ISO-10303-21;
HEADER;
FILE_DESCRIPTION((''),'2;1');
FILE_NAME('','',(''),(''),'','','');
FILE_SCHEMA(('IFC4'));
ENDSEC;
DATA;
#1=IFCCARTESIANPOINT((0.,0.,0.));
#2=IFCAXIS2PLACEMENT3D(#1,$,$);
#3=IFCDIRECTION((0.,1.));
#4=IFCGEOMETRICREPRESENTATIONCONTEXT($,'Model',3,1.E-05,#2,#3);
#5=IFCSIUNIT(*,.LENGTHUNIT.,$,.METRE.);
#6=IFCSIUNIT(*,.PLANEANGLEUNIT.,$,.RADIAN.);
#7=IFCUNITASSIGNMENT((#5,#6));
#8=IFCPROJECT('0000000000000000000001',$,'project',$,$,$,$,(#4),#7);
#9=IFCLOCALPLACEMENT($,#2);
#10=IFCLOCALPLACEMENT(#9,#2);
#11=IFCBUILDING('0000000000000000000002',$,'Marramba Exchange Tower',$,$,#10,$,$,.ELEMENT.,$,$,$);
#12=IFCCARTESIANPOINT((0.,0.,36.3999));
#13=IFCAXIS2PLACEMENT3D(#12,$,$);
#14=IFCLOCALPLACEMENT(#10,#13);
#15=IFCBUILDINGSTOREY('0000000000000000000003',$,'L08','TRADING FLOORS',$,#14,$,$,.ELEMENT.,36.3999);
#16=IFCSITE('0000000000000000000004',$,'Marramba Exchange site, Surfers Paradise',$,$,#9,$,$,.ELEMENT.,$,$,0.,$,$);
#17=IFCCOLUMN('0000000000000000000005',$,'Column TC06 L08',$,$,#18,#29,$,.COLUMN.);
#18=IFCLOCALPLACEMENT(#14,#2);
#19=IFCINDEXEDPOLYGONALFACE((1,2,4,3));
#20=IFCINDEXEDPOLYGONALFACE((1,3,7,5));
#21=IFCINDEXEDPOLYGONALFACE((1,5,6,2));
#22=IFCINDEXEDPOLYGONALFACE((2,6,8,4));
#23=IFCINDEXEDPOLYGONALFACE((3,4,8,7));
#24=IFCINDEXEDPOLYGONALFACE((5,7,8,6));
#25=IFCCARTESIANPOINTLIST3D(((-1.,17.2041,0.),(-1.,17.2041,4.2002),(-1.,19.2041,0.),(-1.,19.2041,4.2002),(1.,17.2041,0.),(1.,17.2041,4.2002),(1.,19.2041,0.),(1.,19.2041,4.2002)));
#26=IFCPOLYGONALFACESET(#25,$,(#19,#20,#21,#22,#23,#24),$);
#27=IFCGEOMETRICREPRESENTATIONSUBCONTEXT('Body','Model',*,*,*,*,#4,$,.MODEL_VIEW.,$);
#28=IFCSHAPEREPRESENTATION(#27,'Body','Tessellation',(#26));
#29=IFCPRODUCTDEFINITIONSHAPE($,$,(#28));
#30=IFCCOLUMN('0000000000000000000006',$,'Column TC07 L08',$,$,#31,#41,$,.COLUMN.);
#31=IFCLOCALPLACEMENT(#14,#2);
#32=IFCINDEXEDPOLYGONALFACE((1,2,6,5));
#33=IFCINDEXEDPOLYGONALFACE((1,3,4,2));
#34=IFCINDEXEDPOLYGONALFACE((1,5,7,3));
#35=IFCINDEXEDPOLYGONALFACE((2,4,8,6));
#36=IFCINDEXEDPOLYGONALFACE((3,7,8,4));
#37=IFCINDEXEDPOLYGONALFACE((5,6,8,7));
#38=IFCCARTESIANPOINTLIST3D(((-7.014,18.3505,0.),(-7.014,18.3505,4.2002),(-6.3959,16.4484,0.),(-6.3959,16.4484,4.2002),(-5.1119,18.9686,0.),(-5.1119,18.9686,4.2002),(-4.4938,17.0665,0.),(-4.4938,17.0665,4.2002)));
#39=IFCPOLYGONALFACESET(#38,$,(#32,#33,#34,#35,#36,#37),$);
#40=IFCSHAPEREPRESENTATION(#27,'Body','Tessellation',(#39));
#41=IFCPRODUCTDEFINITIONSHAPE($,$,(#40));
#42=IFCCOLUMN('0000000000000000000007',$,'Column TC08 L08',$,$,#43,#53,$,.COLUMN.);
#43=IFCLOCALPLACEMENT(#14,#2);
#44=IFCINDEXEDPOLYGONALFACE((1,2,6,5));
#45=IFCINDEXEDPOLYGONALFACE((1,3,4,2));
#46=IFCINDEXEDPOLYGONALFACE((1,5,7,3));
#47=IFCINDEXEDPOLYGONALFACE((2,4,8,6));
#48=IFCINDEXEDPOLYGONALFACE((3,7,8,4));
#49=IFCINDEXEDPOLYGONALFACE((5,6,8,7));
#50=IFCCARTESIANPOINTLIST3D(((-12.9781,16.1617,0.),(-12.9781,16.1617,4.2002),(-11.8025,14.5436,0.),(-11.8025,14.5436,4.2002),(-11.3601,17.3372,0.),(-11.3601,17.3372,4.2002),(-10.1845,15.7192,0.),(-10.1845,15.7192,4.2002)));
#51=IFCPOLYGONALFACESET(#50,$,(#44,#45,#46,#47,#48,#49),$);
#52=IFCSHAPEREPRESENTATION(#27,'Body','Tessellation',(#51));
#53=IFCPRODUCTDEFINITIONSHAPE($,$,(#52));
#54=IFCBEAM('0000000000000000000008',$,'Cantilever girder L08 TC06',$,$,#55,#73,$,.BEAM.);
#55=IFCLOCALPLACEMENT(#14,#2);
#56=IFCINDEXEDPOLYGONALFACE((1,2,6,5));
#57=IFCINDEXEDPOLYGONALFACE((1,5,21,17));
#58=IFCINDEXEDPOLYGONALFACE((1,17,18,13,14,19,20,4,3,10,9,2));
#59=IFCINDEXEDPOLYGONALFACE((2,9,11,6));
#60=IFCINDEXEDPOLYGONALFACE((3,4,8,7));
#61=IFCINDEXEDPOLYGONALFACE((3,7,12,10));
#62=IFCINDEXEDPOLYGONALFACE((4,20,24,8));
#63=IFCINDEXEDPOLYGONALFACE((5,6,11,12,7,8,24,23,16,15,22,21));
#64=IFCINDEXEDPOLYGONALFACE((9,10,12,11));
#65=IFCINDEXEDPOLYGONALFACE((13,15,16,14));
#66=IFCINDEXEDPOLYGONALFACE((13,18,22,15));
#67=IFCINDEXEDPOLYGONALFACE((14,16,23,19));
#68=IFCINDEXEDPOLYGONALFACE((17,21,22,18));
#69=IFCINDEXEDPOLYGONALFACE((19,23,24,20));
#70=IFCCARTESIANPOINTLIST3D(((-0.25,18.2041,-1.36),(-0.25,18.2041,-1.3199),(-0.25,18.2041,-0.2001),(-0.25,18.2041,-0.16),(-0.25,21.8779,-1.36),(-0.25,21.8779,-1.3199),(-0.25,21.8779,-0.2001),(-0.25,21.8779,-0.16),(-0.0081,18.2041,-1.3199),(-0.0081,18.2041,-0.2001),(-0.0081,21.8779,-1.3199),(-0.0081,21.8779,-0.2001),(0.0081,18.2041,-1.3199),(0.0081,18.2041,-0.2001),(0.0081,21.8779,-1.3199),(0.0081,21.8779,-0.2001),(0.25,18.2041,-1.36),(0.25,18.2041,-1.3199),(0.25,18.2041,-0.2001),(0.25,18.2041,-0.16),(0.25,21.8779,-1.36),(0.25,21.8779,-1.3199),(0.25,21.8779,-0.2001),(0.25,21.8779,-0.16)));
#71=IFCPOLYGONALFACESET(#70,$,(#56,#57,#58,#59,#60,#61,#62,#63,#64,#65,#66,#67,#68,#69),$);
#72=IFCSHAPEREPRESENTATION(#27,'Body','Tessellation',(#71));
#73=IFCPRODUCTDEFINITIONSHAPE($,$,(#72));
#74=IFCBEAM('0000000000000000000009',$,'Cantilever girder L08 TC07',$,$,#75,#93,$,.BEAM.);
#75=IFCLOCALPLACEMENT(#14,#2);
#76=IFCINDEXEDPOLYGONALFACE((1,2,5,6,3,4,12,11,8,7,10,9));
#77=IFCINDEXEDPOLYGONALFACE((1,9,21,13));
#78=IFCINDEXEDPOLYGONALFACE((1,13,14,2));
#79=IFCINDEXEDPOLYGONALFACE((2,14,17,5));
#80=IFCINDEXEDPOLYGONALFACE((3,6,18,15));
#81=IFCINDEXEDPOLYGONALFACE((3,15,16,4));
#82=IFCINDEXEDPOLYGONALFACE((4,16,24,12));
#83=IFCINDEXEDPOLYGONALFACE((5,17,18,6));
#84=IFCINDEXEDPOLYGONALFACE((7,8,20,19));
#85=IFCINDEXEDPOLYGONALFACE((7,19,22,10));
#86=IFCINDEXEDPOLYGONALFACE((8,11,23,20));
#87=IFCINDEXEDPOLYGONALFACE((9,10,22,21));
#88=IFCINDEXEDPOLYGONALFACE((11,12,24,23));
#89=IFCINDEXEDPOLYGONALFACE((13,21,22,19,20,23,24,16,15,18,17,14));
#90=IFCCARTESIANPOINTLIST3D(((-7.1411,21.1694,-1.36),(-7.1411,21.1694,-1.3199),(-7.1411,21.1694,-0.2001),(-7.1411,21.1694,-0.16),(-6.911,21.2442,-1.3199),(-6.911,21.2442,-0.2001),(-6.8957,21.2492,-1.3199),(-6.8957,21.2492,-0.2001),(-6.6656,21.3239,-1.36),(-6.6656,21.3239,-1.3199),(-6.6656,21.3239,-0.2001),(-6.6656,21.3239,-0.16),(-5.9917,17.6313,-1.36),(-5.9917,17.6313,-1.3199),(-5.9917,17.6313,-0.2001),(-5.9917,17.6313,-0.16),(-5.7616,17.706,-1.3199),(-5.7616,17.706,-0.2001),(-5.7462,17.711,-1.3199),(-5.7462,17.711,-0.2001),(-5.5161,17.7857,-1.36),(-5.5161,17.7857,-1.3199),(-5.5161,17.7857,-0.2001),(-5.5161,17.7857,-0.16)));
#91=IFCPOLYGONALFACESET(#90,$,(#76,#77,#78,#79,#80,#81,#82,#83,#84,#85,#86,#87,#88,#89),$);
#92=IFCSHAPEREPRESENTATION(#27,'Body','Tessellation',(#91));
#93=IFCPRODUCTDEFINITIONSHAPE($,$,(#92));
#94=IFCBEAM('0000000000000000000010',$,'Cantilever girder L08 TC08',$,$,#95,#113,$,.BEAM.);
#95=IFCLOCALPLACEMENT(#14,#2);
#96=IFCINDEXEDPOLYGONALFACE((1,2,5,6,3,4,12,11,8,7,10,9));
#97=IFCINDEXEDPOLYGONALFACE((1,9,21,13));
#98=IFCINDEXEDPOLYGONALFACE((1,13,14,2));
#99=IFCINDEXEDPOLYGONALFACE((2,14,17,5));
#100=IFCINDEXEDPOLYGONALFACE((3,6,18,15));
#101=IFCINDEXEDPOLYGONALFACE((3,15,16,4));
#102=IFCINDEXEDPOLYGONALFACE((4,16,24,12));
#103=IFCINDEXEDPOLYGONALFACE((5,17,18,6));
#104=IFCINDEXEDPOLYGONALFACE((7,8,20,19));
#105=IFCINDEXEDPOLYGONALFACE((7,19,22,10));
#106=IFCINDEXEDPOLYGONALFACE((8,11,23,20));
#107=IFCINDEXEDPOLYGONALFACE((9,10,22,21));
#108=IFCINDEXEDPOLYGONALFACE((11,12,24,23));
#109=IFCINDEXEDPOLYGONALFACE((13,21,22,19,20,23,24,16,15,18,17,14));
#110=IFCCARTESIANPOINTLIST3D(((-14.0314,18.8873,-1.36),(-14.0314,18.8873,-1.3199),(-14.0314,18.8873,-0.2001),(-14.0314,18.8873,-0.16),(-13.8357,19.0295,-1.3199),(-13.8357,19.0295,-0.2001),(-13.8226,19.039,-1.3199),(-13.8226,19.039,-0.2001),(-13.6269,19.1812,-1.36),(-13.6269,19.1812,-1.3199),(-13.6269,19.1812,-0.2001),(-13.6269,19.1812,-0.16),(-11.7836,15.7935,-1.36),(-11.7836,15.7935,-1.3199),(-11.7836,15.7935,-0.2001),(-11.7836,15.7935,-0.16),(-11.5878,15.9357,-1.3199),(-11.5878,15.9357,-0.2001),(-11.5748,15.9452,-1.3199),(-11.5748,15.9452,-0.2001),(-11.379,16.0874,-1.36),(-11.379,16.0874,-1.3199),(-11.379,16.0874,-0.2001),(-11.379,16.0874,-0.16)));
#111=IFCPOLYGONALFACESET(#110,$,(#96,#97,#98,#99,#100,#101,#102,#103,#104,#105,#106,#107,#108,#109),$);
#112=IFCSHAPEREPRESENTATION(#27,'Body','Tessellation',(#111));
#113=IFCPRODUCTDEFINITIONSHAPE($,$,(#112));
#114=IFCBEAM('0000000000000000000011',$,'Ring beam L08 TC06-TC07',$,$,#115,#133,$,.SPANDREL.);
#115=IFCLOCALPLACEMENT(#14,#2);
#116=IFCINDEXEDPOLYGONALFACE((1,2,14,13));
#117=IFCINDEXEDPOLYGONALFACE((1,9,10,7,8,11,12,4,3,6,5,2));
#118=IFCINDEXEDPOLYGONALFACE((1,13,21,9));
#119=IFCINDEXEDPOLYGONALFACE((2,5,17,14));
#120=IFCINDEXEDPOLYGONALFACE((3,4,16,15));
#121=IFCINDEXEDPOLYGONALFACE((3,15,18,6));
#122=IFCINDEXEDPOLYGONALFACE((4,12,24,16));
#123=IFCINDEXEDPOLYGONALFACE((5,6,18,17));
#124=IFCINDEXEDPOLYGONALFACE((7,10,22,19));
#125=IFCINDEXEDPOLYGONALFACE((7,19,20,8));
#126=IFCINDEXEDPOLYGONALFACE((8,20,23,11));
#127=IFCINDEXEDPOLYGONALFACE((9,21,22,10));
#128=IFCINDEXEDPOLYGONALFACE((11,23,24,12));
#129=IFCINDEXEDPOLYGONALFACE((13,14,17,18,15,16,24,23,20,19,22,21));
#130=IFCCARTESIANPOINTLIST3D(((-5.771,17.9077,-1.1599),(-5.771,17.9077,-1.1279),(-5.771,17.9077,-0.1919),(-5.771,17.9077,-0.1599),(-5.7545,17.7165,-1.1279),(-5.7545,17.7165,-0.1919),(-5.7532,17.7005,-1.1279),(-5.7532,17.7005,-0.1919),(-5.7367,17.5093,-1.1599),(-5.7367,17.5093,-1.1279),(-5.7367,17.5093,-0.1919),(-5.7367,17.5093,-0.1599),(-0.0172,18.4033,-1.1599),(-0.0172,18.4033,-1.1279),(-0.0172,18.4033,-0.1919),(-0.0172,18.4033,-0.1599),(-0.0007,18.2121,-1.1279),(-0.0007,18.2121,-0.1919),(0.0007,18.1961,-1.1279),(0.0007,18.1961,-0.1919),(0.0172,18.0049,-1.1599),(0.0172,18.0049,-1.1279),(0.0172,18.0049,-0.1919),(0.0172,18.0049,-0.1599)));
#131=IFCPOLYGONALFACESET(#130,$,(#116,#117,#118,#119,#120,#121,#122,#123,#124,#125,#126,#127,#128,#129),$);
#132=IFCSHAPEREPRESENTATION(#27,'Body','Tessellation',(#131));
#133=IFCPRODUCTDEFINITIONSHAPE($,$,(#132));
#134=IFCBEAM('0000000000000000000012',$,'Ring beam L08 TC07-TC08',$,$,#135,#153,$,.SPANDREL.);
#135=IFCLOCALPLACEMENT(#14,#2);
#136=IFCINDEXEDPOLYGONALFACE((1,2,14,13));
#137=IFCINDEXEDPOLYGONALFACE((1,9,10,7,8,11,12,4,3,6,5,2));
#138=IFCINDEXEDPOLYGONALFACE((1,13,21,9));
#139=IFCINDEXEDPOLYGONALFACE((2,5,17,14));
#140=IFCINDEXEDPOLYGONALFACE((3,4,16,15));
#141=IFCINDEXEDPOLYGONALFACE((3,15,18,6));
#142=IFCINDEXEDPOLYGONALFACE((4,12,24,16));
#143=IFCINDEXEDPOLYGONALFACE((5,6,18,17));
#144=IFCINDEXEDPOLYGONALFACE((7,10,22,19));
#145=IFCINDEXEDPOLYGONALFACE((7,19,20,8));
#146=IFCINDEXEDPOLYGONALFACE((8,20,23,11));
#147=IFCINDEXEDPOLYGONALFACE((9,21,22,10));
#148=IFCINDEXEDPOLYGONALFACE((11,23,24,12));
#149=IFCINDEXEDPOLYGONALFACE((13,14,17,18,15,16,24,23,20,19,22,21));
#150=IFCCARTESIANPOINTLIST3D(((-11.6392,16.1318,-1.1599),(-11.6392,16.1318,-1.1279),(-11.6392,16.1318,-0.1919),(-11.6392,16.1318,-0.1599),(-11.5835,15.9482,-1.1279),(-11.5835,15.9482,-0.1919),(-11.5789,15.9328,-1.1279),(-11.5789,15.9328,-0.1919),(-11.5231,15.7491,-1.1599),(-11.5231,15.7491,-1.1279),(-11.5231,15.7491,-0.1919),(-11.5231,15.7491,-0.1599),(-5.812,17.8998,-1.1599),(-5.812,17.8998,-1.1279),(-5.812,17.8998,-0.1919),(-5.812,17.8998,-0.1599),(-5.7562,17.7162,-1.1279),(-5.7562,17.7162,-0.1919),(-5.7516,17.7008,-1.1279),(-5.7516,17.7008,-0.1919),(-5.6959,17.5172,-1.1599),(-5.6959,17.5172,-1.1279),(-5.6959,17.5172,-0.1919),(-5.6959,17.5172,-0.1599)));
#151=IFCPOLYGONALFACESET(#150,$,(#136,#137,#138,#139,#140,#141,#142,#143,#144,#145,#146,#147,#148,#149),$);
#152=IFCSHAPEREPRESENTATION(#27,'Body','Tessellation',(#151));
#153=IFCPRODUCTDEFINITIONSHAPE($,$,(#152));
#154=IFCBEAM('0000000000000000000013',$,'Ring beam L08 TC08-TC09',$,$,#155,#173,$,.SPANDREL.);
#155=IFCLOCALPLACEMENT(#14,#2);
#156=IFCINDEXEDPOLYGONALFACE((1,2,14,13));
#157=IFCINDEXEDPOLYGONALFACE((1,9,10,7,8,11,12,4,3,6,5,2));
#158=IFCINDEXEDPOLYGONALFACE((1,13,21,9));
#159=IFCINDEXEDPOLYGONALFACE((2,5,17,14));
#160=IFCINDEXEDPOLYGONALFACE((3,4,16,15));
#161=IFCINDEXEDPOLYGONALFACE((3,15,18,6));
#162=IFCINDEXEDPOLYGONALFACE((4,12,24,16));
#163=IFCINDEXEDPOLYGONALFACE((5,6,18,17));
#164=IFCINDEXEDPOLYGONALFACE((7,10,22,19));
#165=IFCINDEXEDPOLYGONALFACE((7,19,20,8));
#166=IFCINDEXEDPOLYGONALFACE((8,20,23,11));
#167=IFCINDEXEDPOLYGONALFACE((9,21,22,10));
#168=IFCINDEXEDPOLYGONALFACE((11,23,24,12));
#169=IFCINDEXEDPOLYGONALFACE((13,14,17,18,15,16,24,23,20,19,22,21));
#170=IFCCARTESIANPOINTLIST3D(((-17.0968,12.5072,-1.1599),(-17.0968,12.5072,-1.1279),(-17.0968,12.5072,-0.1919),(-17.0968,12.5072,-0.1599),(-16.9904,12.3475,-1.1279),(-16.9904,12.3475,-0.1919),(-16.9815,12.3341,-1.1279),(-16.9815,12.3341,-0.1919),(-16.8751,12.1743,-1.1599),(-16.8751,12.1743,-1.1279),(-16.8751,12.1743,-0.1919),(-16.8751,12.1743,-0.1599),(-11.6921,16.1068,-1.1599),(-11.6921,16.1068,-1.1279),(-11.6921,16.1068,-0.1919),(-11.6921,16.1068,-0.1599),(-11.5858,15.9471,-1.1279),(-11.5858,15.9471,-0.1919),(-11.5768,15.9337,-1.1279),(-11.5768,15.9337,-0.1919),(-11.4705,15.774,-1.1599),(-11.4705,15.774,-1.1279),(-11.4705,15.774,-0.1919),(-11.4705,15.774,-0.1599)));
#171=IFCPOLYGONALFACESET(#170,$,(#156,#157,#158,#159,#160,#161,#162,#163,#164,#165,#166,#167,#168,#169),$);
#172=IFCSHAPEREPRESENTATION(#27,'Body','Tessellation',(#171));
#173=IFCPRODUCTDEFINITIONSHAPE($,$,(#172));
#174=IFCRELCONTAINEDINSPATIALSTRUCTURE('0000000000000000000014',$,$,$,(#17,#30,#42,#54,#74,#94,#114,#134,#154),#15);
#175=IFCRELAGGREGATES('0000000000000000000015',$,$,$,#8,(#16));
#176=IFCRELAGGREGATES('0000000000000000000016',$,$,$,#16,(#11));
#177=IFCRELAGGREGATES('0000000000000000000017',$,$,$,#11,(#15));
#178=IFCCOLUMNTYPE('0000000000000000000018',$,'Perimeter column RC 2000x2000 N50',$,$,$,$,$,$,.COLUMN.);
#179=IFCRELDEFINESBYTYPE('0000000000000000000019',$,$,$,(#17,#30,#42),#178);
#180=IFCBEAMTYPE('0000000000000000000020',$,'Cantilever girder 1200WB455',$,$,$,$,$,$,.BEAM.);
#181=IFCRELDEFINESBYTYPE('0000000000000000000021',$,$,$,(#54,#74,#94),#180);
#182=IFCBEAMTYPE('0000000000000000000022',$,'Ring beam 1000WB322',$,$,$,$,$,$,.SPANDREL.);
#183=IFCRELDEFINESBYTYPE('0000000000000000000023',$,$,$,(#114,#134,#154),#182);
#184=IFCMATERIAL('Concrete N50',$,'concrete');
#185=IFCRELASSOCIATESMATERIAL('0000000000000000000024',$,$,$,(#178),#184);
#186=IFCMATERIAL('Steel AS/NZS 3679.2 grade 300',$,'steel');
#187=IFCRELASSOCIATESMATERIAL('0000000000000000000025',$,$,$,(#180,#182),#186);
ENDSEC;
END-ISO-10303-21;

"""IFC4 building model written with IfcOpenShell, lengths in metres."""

from ifc_helpers import new_model, si_unit, direction, frame, origin, origin_2d, place, context, subcontext, project, spatial, rectangle, i_section, extrude, material, material_profile, profile_set, type_object, element, save


model = new_model("IFC4")

# Units and contexts
model_context = context("Model", 3, precision=1e-05, world=origin(), true_north=direction((0.0, 1.0)))
body_context = subcontext(model_context, "Body", "Model", "MODEL_VIEW")
ifc_project = project(units=[si_unit("LENGTHUNIT", "METRE"), si_unit("PLANEANGLEUNIT", "RADIAN")], contexts=[model_context])

# Site, building, storey
site_placement = place(None, origin())
site = spatial("IfcSite", under=ifc_project, at=site_placement, Name="Marramba Exchange site, Surfers Paradise", CompositionType="ELEMENT", RefElevation=0.0)
building_placement = place(site_placement, origin())
building = spatial("IfcBuilding", under=site, at=building_placement, Name="Marramba Exchange Tower", CompositionType="ELEMENT")
storey_placement = place(building_placement, frame((0.0, 0.0, 36.3999)))
storey = spatial("IfcBuildingStorey", under=building, at=storey_placement, Name="L08", Description="TRADING FLOORS", CompositionType="ELEMENT", Elevation=36.3999)

# Columns
ifc_material_1 = material(Name="Concrete N50", Category="concrete")
ifc_material_profile_1 = material_profile(ifc_material_1, rectangle(XDim=2.0, YDim=2.0, at=origin_2d()), Name="RC 2000x2000")
ifc_profile_set_1 = profile_set([ifc_material_profile_1], Name="Concrete N50")
column_type = type_object("IfcColumnType", Name="Perimeter column RC 2000x2000 N50", PredefinedType="COLUMN", material=ifc_profile_set_1)
for number, where, z_axis, x_axis, name in (
    (1, (0.0, 18.2041, 0.0), (0.0, 0.0, 1.0), (0.0, 1.0, 0.0), "Column TC06 L08"),
    (2, (-5.7539, 17.7085, 0.0), (0.0, 0.0, 1.0), (-0.309017, 0.951057, 0.0), "Column TC07 L08"),
    (3, (-11.5813, 15.9404, 0.0), (0.0, 0.0, 1.0), (-0.587785, 0.809017, 0.0), "Column TC08 L08"),
):
    element("IfcColumn", number, at=place(storey_placement, frame(where, z_axis=z_axis, x_axis=x_axis)), inside=storey, type_object=column_type, Name=name, PredefinedType="COLUMN", context=body_context, shape_type="SweptSolid", body=[
        extrude(rectangle(XDim=2.0, YDim=2.0, at=origin_2d()), origin(), (0.0, 0.0, 1.0), 4.2002),
    ])

# Beams
ifc_material_2 = material(Name="Steel AS/NZS 3679.2 grade 300", Category="steel")
ifc_material_profile_2 = material_profile(ifc_material_2, i_section(OverallWidth=0.5, OverallDepth=1.2, WebThickness=0.0161, FlangeThickness=0.04, at=origin_2d()), Name="1200WB455")
ifc_profile_set_2 = profile_set([ifc_material_profile_2], Name="Steel AS/NZS 3679.2 grade 300")
beam_type_1 = type_object("IfcBeamType", Name="Cantilever girder 1200WB455", PredefinedType="BEAM", material=ifc_profile_set_2)
beam_1_placement = place(storey_placement, frame((0.0, 18.2041, -0.76), z_axis=(0.0, 1.0, 0.0), x_axis=(-1.0, 0.0, 0.0)))
element("IfcBeam", 4, at=beam_1_placement, inside=storey, type_object=beam_type_1, Name="Cantilever girder L08 TC06", PredefinedType="BEAM", context=body_context, shape_type="SweptSolid", body=[
    extrude(i_section(OverallWidth=0.5, OverallDepth=1.2, WebThickness=0.0161, FlangeThickness=0.04, at=origin_2d()), origin(), (0.0, 0.0, 1.0), 3.6738),
])
beam_2_placement = place(storey_placement, frame((-5.7539, 17.7085, -0.76), z_axis=(-0.308973, 0.951071, 0.0), x_axis=(-0.951071, -0.308973, 0.0)))
element("IfcBeam", 5, at=beam_2_placement, inside=storey, type_object=beam_type_1, Name="Cantilever girder L08 TC07", PredefinedType="BEAM", context=body_context, shape_type="SweptSolid", body=[
    extrude(i_section(OverallWidth=0.5, OverallDepth=1.2, WebThickness=0.0161, FlangeThickness=0.04, at=origin_2d()), origin(), (0.0, 0.0, 1.0), 3.7202),
])
beam_3_placement = place(storey_placement, frame((-11.5813, 15.9404, -0.76), z_axis=(-0.587796, 0.809009, 0.0), x_axis=(-0.809009, -0.587796, 0.0)))
element("IfcBeam", 6, at=beam_3_placement, inside=storey, type_object=beam_type_1, Name="Cantilever girder L08 TC08", PredefinedType="BEAM", context=body_context, shape_type="SweptSolid", body=[
    extrude(i_section(OverallWidth=0.5, OverallDepth=1.2, WebThickness=0.0161, FlangeThickness=0.04, at=origin_2d()), origin(), (0.0, 0.0, 1.0), 3.8242),
])
ifc_material_profile_3 = material_profile(ifc_material_2, i_section(OverallWidth=0.3999, OverallDepth=1.0, WebThickness=0.0161, FlangeThickness=0.032, at=origin_2d()), Name="1000WB322")
ifc_profile_set_3 = profile_set([ifc_material_profile_3], Name="Steel AS/NZS 3679.2 grade 300")
beam_type_2 = type_object("IfcBeamType", Name="Ring beam 1000WB322", PredefinedType="SPANDREL", material=ifc_profile_set_3)
beam_4_placement = place(storey_placement, frame((0.0, 18.2041, -0.6599), z_axis=(-0.996311, -0.085816, 0.0), x_axis=(0.085816, -0.996311, 0.0)))
element("IfcBeam", 7, at=beam_4_placement, inside=storey, type_object=beam_type_2, Name="Ring beam L08 TC06-TC07", PredefinedType="SPANDREL", context=body_context, shape_type="SweptSolid", body=[
    extrude(i_section(OverallWidth=0.3999, OverallDepth=1.0, WebThickness=0.0161, FlangeThickness=0.032, at=origin_2d()), origin(), (0.0, 0.0, 1.0), 5.7751),
])
beam_5_placement = place(storey_placement, frame((-5.7539, 17.7085, -0.6599), z_axis=(-0.956925, -0.290337, 0.0), x_axis=(0.290337, -0.956925, 0.0)))
element("IfcBeam", 8, at=beam_5_placement, inside=storey, type_object=beam_type_2, Name="Ring beam L08 TC07-TC08", PredefinedType="SPANDREL", context=body_context, shape_type="SweptSolid", body=[
    extrude(i_section(OverallWidth=0.3999, OverallDepth=1.0, WebThickness=0.0161, FlangeThickness=0.032, at=origin_2d()), origin(), (0.0, 0.0, 1.0), 6.0896),
])
beam_6_placement = place(storey_placement, frame((-11.5813, 15.9404, -0.6599), z_axis=(-0.832293, -0.554336, 0.0), x_axis=(0.554336, -0.832293, 0.0)))
element("IfcBeam", 9, at=beam_6_placement, inside=storey, type_object=beam_type_2, Name="Ring beam L08 TC08-TC09", PredefinedType="SPANDREL", context=body_context, shape_type="SweptSolid", body=[
    extrude(i_section(OverallWidth=0.3999, OverallDepth=1.0, WebThickness=0.0161, FlangeThickness=0.032, at=origin_2d()), origin(), (0.0, 0.0, 1.0), 6.4937),
])

save(model, "model.ifc")
